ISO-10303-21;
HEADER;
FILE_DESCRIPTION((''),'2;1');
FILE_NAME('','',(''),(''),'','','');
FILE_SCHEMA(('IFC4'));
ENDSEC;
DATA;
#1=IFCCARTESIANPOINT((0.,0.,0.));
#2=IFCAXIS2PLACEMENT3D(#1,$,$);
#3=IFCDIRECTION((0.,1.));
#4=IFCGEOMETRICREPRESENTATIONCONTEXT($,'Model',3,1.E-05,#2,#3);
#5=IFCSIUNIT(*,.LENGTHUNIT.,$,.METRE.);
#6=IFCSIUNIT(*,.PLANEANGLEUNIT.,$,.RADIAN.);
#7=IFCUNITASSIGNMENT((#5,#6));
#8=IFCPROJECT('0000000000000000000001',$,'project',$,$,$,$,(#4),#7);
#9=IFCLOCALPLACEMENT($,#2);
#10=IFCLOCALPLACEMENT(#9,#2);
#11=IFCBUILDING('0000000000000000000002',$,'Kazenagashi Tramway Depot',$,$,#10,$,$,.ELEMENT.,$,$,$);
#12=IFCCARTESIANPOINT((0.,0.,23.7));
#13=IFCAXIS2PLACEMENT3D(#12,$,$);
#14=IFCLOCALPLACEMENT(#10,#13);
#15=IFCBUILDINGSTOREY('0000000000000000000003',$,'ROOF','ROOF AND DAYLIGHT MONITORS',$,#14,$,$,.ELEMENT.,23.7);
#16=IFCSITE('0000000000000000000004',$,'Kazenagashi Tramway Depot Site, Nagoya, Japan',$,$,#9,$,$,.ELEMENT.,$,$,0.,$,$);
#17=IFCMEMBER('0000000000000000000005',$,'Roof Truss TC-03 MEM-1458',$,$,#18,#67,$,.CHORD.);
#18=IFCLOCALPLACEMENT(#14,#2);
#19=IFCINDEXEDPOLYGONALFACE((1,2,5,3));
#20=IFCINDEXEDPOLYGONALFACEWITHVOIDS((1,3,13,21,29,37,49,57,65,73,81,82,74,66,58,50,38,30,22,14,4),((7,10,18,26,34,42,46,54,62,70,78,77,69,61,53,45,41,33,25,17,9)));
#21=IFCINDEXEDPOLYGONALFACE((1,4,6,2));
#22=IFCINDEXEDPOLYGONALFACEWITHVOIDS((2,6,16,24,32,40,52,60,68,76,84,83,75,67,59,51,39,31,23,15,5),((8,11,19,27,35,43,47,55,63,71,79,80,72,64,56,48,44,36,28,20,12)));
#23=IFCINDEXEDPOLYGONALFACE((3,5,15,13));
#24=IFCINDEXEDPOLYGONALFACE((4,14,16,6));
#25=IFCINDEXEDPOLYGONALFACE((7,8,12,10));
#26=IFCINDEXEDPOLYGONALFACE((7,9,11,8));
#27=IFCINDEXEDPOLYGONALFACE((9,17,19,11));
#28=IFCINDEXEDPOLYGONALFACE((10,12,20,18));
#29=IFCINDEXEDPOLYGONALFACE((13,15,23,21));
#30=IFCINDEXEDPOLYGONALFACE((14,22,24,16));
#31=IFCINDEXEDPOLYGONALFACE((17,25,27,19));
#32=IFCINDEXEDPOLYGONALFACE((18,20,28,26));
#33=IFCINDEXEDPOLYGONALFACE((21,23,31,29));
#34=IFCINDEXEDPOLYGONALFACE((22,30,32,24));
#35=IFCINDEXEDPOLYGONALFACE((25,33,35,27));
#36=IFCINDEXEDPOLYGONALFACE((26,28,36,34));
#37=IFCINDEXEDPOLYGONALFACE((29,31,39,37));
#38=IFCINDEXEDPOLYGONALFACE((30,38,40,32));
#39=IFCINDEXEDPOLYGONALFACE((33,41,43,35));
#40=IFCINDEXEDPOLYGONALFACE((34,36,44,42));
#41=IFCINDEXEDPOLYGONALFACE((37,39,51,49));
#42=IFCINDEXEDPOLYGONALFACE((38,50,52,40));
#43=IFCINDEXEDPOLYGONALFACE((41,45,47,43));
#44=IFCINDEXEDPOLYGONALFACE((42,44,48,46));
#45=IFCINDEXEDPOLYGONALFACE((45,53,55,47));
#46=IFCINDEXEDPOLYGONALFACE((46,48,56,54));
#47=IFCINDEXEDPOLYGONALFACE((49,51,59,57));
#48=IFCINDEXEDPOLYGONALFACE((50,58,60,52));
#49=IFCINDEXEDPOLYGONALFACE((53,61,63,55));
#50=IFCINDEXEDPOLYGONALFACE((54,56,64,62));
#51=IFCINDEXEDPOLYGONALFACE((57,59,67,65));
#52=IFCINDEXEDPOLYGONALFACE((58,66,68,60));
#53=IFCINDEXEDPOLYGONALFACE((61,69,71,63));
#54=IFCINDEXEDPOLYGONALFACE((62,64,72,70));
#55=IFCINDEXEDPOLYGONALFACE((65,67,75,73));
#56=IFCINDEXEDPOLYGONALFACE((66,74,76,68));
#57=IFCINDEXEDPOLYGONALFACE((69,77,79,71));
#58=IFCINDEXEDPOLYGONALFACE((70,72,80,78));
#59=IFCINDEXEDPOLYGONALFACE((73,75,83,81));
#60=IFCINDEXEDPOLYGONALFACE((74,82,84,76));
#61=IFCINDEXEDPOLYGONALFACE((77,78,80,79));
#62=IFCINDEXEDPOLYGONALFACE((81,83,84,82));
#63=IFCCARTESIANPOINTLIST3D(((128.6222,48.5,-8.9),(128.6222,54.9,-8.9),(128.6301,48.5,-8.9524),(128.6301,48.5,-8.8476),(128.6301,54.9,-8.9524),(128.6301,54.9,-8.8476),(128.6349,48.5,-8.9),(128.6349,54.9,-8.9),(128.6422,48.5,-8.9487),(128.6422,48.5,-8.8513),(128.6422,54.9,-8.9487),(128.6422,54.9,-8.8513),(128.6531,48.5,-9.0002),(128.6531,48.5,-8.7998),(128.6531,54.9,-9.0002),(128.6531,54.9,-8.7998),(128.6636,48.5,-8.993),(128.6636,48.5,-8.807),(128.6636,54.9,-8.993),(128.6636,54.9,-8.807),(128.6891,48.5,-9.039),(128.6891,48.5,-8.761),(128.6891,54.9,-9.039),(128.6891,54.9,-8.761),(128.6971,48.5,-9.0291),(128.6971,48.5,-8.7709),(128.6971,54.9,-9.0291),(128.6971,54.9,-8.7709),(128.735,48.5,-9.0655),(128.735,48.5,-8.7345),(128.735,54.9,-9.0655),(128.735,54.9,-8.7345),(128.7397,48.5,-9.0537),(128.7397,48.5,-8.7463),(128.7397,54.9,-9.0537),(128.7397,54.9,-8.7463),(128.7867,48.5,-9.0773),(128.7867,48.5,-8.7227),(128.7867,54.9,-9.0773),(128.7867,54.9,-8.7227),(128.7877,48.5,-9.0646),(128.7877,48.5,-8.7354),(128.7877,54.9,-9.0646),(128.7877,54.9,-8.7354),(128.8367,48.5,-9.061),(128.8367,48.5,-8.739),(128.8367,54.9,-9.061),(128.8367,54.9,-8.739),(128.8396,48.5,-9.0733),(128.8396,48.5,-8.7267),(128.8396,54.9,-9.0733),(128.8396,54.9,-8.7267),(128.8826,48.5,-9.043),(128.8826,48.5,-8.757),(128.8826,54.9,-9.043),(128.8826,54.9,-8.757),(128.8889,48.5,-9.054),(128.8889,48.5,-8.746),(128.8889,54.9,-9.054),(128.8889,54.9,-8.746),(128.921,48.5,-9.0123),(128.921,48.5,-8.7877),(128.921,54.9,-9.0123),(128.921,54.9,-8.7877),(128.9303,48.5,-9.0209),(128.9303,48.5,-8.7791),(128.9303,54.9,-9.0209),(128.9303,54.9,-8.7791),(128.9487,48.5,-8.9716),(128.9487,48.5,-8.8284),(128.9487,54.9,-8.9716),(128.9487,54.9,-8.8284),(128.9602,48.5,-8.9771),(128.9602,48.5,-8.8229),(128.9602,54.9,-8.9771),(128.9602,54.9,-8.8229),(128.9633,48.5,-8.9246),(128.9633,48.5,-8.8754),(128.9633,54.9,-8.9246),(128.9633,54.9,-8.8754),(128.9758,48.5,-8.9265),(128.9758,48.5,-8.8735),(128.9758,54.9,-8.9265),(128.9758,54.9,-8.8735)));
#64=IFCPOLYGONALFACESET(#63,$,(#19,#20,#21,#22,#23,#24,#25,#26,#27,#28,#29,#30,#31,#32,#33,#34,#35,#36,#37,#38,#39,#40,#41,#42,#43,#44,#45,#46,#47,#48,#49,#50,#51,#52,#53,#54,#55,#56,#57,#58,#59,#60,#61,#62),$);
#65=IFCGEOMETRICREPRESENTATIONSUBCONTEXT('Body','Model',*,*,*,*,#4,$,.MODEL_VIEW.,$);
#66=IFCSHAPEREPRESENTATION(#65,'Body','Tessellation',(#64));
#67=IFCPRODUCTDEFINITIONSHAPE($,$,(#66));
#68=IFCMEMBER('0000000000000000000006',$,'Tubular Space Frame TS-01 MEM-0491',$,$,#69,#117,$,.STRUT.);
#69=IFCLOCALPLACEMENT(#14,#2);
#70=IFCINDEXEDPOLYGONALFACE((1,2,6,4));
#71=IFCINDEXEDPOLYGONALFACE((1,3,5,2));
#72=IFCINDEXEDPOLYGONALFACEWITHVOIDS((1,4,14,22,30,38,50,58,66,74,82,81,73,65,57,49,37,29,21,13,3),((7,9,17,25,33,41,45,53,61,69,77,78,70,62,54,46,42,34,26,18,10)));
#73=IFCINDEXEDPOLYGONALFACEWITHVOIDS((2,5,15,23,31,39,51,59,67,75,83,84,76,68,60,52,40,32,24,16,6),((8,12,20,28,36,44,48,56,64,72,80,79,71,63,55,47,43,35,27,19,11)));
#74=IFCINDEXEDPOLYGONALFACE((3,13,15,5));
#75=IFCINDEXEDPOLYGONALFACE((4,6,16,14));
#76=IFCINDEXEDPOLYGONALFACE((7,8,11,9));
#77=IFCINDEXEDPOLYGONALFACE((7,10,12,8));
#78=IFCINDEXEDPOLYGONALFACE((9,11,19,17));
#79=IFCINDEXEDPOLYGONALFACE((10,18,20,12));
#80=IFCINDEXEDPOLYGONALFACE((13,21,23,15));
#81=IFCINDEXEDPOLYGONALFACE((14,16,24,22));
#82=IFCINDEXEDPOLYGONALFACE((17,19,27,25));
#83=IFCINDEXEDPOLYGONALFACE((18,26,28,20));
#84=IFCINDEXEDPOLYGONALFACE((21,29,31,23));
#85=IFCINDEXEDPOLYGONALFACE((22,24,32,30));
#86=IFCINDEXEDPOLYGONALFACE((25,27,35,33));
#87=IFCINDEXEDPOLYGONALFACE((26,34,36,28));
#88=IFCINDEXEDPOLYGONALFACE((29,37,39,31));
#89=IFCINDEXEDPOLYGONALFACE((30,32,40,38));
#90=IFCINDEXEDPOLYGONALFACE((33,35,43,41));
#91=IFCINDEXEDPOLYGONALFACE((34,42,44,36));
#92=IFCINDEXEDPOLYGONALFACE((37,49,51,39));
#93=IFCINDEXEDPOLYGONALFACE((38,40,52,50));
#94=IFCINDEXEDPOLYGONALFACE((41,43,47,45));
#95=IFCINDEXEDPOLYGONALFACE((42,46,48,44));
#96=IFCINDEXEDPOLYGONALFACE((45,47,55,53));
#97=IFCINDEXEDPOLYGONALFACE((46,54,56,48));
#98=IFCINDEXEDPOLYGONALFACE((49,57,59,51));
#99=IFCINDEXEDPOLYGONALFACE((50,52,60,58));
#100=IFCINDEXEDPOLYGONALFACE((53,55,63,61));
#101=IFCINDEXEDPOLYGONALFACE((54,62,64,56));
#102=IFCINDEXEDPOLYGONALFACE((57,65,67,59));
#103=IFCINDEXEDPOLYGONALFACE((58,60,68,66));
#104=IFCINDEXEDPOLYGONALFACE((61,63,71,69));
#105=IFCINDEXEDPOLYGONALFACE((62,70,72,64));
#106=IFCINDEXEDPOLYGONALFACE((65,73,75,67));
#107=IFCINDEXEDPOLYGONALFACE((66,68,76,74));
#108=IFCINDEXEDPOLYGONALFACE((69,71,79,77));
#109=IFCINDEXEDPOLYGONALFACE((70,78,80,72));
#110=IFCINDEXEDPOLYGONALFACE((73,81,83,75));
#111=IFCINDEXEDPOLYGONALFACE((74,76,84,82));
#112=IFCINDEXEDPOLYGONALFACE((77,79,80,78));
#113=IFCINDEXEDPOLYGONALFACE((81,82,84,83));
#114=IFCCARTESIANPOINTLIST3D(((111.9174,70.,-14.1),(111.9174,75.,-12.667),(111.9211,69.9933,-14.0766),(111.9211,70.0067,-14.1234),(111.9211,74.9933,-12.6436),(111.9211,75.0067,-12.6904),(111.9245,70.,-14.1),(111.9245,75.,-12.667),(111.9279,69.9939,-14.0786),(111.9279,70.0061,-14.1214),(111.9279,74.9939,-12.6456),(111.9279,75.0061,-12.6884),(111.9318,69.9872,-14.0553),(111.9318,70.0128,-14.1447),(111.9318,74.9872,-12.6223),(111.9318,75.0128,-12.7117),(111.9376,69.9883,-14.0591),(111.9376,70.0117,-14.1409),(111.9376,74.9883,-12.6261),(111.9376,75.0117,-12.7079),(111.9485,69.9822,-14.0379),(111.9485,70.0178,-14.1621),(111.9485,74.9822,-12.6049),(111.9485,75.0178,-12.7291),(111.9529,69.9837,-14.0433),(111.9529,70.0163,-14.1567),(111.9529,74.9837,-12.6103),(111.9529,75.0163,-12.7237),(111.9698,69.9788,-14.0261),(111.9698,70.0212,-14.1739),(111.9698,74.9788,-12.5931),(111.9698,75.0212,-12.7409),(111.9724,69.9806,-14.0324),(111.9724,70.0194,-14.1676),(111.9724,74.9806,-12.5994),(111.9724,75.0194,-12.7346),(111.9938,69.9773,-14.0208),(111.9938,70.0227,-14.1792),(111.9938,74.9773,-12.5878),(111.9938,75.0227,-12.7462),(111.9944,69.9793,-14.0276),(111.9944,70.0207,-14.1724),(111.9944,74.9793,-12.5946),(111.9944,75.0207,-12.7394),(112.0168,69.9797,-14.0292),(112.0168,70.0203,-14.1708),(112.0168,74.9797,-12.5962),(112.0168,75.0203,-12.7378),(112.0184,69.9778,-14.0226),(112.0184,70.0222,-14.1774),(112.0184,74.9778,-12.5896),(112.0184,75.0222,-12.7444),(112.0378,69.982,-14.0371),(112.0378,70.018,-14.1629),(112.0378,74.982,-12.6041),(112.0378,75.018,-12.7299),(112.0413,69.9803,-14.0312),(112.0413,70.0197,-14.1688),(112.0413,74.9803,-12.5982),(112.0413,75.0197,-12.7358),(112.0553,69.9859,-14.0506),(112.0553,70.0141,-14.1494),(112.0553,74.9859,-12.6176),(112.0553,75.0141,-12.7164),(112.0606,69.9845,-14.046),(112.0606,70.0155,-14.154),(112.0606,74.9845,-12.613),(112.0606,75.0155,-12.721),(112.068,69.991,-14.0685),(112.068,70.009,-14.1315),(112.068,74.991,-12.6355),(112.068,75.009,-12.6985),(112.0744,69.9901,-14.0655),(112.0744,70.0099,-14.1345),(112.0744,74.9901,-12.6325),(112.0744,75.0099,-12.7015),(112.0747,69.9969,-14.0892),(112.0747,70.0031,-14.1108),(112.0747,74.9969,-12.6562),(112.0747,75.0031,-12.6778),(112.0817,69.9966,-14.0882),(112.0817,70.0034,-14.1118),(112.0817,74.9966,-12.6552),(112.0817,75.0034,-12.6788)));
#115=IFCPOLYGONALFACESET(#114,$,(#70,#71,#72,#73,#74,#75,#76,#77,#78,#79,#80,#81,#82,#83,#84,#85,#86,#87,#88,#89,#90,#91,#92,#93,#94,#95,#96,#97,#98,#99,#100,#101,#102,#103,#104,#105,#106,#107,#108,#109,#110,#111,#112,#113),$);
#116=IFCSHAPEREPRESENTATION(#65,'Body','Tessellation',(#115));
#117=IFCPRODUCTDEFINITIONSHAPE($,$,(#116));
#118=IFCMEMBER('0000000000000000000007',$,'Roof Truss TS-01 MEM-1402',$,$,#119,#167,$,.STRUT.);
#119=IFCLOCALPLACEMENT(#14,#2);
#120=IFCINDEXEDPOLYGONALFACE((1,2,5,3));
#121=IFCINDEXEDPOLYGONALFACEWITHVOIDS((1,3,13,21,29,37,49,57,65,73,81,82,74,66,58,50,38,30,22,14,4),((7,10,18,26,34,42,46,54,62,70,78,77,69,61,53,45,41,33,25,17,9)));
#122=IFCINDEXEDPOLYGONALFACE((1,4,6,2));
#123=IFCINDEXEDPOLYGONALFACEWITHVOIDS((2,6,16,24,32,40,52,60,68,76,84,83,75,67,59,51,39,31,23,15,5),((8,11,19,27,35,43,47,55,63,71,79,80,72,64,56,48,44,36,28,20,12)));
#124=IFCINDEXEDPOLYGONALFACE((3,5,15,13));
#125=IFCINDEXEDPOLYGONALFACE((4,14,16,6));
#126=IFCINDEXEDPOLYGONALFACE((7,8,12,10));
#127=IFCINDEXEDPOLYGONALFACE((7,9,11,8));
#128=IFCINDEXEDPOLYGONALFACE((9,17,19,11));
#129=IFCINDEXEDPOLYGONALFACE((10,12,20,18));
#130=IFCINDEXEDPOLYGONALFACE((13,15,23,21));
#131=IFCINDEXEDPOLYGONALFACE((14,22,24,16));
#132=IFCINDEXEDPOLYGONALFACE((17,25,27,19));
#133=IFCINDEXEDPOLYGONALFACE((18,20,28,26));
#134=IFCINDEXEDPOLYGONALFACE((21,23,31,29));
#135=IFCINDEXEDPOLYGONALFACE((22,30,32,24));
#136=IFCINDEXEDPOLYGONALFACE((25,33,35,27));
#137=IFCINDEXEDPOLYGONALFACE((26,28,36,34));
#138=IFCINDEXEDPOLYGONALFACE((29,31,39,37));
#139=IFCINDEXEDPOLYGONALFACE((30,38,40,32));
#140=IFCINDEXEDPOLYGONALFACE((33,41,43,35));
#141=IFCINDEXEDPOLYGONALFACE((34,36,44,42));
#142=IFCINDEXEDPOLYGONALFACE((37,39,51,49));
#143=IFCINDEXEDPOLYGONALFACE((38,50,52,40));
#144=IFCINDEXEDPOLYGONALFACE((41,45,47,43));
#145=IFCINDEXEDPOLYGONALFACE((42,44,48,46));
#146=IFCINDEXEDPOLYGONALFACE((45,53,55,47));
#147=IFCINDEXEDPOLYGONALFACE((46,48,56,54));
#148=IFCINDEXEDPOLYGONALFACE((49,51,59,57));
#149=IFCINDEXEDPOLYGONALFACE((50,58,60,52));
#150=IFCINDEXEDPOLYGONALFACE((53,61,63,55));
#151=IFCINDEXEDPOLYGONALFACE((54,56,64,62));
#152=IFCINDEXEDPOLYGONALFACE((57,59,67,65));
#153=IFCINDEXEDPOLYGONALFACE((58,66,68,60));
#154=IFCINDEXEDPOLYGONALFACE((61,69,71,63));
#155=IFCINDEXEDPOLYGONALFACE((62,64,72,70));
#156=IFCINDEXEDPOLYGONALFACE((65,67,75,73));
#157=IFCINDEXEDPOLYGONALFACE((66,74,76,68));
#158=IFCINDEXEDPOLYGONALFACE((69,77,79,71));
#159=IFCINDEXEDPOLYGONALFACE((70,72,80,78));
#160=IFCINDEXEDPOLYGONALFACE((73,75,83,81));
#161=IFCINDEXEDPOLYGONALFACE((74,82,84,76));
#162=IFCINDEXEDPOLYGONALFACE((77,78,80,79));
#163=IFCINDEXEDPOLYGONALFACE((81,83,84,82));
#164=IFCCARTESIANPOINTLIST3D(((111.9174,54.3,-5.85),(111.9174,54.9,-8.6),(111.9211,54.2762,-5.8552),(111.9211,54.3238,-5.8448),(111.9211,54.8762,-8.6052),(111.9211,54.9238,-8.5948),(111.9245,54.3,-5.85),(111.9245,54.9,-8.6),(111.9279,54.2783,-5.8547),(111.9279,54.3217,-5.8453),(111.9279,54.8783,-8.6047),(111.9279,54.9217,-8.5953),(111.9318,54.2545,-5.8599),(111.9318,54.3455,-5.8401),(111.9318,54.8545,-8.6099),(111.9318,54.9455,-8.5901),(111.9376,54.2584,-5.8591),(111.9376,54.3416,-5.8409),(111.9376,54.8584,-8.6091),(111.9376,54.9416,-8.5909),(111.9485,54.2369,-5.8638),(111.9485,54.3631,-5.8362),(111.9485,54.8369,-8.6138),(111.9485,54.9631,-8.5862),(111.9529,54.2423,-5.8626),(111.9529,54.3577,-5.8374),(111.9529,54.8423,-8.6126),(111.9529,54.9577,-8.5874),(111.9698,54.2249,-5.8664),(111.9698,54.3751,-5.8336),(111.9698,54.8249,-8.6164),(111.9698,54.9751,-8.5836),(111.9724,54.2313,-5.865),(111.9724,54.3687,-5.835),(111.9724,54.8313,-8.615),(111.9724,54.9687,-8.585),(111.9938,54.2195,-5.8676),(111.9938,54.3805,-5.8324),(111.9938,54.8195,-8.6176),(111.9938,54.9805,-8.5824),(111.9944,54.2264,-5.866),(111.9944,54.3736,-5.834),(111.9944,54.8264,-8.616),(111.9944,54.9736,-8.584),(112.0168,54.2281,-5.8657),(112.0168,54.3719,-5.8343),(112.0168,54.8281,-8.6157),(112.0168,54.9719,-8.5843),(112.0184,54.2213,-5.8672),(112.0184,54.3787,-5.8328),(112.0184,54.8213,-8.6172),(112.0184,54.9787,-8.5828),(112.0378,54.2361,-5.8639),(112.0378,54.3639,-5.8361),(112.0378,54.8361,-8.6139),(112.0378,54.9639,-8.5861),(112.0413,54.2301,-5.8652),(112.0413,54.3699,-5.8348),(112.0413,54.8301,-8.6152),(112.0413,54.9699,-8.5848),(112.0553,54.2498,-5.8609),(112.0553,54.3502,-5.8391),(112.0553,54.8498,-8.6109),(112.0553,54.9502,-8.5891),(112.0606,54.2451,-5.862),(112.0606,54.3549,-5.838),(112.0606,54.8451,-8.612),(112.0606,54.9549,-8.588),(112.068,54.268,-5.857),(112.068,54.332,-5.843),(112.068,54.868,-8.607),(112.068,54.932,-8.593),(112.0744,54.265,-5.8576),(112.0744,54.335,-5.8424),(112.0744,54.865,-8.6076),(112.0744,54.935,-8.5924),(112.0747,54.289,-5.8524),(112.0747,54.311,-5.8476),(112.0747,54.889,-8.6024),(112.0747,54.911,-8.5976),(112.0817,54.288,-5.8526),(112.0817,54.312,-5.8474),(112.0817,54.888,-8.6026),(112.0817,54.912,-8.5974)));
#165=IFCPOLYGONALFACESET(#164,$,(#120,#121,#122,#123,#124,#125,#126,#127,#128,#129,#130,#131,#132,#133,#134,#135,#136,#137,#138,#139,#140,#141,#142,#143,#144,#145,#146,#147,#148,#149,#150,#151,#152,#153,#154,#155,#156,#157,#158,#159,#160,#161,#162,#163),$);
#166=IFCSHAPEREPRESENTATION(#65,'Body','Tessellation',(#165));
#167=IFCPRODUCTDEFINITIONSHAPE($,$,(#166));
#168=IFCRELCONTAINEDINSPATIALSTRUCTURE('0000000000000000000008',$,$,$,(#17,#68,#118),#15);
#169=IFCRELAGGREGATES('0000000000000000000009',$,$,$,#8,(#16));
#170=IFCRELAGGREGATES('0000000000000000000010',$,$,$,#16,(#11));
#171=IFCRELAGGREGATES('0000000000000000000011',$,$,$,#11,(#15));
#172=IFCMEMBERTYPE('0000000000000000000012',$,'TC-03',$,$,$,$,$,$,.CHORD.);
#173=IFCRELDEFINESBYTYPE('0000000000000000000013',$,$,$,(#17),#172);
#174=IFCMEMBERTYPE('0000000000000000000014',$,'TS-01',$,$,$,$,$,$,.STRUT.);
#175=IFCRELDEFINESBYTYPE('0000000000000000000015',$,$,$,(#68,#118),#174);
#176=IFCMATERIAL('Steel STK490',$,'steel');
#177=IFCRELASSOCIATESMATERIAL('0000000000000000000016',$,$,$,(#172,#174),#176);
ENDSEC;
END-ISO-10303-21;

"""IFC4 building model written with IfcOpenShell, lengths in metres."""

from ifc_helpers import new_model, si_unit, direction, frame, origin, origin_2d, place, context, subcontext, project, spatial, hollow_circle, extrude, material, material_profile, profile_set, type_object, element, save


model = new_model("IFC4")

# Units and contexts
model_context = context("Model", 3, precision=1e-05, world=origin(), true_north=direction((0.0, 1.0)))
body_context = subcontext(model_context, "Body", "Model", "MODEL_VIEW")
ifc_project = project(units=[si_unit("LENGTHUNIT", "METRE"), si_unit("PLANEANGLEUNIT", "RADIAN")], contexts=[model_context])

# Site, building, storey
site_placement = place(None, origin())
site = spatial("IfcSite", under=ifc_project, at=site_placement, Name="Kazenagashi Tramway Depot Site, Nagoya, Japan", CompositionType="ELEMENT", RefElevation=0.0)
building_placement = place(site_placement, origin())
building = spatial("IfcBuilding", under=site, at=building_placement, Name="Kazenagashi Tramway Depot", CompositionType="ELEMENT")
storey_placement = place(building_placement, frame((0.0, 0.0, 23.7)))
storey = spatial("IfcBuildingStorey", under=building, at=storey_placement, Name="ROOF", Description="ROOF AND DAYLIGHT MONITORS", CompositionType="ELEMENT", Elevation=23.7)

# Members
ifc_material_1 = material(Name="Steel STK490", Category="steel")
ifc_material_profile_1 = material_profile(ifc_material_1, hollow_circle(Radius=0.1778, WallThickness=0.0127, at=origin_2d()), Name="CHS-355.6x12.7")
ifc_profile_set_1 = profile_set([ifc_material_profile_1], Name="Steel STK490")
member_type_1 = type_object("IfcMemberType", Name="TC-03", PredefinedType="CHORD", material=ifc_profile_set_1)
for number, where, z_axis, x_axis, name in (
    (1, (128.8, 48.5, -8.9), (0.0, 1.0, 0.0), (-1.0, 0.0, 0.0), "Roof Truss TC-03 MEM-1458"),
):
    element("IfcMember", number, at=place(storey_placement, frame(where, z_axis=z_axis, x_axis=x_axis)), inside=storey, type_object=member_type_1, Name=name, PredefinedType="CHORD", context=body_context, shape_type="SweptSolid", body=[
        extrude(hollow_circle(Radius=0.1778, WallThickness=0.0127, at=origin_2d()), origin(), (0.0, 0.0, 1.0), 6.4),
    ])
ifc_material_profile_2 = material_profile(ifc_material_1, hollow_circle(Radius=0.0826, WallThickness=0.0071, at=origin_2d()), Name="CHS-165.2x7.1")
ifc_profile_set_2 = profile_set([ifc_material_profile_2], Name="Steel STK490")
member_type_2 = type_object("IfcMemberType", Name="TS-01", PredefinedType="STRUT", material=ifc_profile_set_2)
member_1_placement = place(storey_placement, frame((112.0, 70.0, -14.1), z_axis=(0.0, 0.961299, 0.275508), x_axis=(-1.0, 0.0, 0.0)))
element("IfcMember", 2, at=member_1_placement, inside=storey, type_object=member_type_2, Name="Tubular Space Frame TS-01 MEM-0491", PredefinedType="STRUT", context=body_context, shape_type="SweptSolid", body=[
    extrude(hollow_circle(Radius=0.0826, WallThickness=0.0071, at=origin_2d()), origin(), (0.0, 0.0, 1.0), 5.2013),
])
for number, where, z_axis, x_axis, name in (
    (3, (112.0, 54.3, -5.85), (0.0, 0.213167, -0.977016), (-1.0, 0.0, 0.0), "Roof Truss TS-01 MEM-1402"),
):
    element("IfcMember", number, at=place(storey_placement, frame(where, z_axis=z_axis, x_axis=x_axis)), inside=storey, type_object=member_type_2, Name=name, PredefinedType="STRUT", context=body_context, shape_type="SweptSolid", body=[
        extrude(hollow_circle(Radius=0.0826, WallThickness=0.0071, at=origin_2d()), origin(), (0.0, 0.0, 1.0), 2.8147),
    ])

save(model, "model.ifc")
